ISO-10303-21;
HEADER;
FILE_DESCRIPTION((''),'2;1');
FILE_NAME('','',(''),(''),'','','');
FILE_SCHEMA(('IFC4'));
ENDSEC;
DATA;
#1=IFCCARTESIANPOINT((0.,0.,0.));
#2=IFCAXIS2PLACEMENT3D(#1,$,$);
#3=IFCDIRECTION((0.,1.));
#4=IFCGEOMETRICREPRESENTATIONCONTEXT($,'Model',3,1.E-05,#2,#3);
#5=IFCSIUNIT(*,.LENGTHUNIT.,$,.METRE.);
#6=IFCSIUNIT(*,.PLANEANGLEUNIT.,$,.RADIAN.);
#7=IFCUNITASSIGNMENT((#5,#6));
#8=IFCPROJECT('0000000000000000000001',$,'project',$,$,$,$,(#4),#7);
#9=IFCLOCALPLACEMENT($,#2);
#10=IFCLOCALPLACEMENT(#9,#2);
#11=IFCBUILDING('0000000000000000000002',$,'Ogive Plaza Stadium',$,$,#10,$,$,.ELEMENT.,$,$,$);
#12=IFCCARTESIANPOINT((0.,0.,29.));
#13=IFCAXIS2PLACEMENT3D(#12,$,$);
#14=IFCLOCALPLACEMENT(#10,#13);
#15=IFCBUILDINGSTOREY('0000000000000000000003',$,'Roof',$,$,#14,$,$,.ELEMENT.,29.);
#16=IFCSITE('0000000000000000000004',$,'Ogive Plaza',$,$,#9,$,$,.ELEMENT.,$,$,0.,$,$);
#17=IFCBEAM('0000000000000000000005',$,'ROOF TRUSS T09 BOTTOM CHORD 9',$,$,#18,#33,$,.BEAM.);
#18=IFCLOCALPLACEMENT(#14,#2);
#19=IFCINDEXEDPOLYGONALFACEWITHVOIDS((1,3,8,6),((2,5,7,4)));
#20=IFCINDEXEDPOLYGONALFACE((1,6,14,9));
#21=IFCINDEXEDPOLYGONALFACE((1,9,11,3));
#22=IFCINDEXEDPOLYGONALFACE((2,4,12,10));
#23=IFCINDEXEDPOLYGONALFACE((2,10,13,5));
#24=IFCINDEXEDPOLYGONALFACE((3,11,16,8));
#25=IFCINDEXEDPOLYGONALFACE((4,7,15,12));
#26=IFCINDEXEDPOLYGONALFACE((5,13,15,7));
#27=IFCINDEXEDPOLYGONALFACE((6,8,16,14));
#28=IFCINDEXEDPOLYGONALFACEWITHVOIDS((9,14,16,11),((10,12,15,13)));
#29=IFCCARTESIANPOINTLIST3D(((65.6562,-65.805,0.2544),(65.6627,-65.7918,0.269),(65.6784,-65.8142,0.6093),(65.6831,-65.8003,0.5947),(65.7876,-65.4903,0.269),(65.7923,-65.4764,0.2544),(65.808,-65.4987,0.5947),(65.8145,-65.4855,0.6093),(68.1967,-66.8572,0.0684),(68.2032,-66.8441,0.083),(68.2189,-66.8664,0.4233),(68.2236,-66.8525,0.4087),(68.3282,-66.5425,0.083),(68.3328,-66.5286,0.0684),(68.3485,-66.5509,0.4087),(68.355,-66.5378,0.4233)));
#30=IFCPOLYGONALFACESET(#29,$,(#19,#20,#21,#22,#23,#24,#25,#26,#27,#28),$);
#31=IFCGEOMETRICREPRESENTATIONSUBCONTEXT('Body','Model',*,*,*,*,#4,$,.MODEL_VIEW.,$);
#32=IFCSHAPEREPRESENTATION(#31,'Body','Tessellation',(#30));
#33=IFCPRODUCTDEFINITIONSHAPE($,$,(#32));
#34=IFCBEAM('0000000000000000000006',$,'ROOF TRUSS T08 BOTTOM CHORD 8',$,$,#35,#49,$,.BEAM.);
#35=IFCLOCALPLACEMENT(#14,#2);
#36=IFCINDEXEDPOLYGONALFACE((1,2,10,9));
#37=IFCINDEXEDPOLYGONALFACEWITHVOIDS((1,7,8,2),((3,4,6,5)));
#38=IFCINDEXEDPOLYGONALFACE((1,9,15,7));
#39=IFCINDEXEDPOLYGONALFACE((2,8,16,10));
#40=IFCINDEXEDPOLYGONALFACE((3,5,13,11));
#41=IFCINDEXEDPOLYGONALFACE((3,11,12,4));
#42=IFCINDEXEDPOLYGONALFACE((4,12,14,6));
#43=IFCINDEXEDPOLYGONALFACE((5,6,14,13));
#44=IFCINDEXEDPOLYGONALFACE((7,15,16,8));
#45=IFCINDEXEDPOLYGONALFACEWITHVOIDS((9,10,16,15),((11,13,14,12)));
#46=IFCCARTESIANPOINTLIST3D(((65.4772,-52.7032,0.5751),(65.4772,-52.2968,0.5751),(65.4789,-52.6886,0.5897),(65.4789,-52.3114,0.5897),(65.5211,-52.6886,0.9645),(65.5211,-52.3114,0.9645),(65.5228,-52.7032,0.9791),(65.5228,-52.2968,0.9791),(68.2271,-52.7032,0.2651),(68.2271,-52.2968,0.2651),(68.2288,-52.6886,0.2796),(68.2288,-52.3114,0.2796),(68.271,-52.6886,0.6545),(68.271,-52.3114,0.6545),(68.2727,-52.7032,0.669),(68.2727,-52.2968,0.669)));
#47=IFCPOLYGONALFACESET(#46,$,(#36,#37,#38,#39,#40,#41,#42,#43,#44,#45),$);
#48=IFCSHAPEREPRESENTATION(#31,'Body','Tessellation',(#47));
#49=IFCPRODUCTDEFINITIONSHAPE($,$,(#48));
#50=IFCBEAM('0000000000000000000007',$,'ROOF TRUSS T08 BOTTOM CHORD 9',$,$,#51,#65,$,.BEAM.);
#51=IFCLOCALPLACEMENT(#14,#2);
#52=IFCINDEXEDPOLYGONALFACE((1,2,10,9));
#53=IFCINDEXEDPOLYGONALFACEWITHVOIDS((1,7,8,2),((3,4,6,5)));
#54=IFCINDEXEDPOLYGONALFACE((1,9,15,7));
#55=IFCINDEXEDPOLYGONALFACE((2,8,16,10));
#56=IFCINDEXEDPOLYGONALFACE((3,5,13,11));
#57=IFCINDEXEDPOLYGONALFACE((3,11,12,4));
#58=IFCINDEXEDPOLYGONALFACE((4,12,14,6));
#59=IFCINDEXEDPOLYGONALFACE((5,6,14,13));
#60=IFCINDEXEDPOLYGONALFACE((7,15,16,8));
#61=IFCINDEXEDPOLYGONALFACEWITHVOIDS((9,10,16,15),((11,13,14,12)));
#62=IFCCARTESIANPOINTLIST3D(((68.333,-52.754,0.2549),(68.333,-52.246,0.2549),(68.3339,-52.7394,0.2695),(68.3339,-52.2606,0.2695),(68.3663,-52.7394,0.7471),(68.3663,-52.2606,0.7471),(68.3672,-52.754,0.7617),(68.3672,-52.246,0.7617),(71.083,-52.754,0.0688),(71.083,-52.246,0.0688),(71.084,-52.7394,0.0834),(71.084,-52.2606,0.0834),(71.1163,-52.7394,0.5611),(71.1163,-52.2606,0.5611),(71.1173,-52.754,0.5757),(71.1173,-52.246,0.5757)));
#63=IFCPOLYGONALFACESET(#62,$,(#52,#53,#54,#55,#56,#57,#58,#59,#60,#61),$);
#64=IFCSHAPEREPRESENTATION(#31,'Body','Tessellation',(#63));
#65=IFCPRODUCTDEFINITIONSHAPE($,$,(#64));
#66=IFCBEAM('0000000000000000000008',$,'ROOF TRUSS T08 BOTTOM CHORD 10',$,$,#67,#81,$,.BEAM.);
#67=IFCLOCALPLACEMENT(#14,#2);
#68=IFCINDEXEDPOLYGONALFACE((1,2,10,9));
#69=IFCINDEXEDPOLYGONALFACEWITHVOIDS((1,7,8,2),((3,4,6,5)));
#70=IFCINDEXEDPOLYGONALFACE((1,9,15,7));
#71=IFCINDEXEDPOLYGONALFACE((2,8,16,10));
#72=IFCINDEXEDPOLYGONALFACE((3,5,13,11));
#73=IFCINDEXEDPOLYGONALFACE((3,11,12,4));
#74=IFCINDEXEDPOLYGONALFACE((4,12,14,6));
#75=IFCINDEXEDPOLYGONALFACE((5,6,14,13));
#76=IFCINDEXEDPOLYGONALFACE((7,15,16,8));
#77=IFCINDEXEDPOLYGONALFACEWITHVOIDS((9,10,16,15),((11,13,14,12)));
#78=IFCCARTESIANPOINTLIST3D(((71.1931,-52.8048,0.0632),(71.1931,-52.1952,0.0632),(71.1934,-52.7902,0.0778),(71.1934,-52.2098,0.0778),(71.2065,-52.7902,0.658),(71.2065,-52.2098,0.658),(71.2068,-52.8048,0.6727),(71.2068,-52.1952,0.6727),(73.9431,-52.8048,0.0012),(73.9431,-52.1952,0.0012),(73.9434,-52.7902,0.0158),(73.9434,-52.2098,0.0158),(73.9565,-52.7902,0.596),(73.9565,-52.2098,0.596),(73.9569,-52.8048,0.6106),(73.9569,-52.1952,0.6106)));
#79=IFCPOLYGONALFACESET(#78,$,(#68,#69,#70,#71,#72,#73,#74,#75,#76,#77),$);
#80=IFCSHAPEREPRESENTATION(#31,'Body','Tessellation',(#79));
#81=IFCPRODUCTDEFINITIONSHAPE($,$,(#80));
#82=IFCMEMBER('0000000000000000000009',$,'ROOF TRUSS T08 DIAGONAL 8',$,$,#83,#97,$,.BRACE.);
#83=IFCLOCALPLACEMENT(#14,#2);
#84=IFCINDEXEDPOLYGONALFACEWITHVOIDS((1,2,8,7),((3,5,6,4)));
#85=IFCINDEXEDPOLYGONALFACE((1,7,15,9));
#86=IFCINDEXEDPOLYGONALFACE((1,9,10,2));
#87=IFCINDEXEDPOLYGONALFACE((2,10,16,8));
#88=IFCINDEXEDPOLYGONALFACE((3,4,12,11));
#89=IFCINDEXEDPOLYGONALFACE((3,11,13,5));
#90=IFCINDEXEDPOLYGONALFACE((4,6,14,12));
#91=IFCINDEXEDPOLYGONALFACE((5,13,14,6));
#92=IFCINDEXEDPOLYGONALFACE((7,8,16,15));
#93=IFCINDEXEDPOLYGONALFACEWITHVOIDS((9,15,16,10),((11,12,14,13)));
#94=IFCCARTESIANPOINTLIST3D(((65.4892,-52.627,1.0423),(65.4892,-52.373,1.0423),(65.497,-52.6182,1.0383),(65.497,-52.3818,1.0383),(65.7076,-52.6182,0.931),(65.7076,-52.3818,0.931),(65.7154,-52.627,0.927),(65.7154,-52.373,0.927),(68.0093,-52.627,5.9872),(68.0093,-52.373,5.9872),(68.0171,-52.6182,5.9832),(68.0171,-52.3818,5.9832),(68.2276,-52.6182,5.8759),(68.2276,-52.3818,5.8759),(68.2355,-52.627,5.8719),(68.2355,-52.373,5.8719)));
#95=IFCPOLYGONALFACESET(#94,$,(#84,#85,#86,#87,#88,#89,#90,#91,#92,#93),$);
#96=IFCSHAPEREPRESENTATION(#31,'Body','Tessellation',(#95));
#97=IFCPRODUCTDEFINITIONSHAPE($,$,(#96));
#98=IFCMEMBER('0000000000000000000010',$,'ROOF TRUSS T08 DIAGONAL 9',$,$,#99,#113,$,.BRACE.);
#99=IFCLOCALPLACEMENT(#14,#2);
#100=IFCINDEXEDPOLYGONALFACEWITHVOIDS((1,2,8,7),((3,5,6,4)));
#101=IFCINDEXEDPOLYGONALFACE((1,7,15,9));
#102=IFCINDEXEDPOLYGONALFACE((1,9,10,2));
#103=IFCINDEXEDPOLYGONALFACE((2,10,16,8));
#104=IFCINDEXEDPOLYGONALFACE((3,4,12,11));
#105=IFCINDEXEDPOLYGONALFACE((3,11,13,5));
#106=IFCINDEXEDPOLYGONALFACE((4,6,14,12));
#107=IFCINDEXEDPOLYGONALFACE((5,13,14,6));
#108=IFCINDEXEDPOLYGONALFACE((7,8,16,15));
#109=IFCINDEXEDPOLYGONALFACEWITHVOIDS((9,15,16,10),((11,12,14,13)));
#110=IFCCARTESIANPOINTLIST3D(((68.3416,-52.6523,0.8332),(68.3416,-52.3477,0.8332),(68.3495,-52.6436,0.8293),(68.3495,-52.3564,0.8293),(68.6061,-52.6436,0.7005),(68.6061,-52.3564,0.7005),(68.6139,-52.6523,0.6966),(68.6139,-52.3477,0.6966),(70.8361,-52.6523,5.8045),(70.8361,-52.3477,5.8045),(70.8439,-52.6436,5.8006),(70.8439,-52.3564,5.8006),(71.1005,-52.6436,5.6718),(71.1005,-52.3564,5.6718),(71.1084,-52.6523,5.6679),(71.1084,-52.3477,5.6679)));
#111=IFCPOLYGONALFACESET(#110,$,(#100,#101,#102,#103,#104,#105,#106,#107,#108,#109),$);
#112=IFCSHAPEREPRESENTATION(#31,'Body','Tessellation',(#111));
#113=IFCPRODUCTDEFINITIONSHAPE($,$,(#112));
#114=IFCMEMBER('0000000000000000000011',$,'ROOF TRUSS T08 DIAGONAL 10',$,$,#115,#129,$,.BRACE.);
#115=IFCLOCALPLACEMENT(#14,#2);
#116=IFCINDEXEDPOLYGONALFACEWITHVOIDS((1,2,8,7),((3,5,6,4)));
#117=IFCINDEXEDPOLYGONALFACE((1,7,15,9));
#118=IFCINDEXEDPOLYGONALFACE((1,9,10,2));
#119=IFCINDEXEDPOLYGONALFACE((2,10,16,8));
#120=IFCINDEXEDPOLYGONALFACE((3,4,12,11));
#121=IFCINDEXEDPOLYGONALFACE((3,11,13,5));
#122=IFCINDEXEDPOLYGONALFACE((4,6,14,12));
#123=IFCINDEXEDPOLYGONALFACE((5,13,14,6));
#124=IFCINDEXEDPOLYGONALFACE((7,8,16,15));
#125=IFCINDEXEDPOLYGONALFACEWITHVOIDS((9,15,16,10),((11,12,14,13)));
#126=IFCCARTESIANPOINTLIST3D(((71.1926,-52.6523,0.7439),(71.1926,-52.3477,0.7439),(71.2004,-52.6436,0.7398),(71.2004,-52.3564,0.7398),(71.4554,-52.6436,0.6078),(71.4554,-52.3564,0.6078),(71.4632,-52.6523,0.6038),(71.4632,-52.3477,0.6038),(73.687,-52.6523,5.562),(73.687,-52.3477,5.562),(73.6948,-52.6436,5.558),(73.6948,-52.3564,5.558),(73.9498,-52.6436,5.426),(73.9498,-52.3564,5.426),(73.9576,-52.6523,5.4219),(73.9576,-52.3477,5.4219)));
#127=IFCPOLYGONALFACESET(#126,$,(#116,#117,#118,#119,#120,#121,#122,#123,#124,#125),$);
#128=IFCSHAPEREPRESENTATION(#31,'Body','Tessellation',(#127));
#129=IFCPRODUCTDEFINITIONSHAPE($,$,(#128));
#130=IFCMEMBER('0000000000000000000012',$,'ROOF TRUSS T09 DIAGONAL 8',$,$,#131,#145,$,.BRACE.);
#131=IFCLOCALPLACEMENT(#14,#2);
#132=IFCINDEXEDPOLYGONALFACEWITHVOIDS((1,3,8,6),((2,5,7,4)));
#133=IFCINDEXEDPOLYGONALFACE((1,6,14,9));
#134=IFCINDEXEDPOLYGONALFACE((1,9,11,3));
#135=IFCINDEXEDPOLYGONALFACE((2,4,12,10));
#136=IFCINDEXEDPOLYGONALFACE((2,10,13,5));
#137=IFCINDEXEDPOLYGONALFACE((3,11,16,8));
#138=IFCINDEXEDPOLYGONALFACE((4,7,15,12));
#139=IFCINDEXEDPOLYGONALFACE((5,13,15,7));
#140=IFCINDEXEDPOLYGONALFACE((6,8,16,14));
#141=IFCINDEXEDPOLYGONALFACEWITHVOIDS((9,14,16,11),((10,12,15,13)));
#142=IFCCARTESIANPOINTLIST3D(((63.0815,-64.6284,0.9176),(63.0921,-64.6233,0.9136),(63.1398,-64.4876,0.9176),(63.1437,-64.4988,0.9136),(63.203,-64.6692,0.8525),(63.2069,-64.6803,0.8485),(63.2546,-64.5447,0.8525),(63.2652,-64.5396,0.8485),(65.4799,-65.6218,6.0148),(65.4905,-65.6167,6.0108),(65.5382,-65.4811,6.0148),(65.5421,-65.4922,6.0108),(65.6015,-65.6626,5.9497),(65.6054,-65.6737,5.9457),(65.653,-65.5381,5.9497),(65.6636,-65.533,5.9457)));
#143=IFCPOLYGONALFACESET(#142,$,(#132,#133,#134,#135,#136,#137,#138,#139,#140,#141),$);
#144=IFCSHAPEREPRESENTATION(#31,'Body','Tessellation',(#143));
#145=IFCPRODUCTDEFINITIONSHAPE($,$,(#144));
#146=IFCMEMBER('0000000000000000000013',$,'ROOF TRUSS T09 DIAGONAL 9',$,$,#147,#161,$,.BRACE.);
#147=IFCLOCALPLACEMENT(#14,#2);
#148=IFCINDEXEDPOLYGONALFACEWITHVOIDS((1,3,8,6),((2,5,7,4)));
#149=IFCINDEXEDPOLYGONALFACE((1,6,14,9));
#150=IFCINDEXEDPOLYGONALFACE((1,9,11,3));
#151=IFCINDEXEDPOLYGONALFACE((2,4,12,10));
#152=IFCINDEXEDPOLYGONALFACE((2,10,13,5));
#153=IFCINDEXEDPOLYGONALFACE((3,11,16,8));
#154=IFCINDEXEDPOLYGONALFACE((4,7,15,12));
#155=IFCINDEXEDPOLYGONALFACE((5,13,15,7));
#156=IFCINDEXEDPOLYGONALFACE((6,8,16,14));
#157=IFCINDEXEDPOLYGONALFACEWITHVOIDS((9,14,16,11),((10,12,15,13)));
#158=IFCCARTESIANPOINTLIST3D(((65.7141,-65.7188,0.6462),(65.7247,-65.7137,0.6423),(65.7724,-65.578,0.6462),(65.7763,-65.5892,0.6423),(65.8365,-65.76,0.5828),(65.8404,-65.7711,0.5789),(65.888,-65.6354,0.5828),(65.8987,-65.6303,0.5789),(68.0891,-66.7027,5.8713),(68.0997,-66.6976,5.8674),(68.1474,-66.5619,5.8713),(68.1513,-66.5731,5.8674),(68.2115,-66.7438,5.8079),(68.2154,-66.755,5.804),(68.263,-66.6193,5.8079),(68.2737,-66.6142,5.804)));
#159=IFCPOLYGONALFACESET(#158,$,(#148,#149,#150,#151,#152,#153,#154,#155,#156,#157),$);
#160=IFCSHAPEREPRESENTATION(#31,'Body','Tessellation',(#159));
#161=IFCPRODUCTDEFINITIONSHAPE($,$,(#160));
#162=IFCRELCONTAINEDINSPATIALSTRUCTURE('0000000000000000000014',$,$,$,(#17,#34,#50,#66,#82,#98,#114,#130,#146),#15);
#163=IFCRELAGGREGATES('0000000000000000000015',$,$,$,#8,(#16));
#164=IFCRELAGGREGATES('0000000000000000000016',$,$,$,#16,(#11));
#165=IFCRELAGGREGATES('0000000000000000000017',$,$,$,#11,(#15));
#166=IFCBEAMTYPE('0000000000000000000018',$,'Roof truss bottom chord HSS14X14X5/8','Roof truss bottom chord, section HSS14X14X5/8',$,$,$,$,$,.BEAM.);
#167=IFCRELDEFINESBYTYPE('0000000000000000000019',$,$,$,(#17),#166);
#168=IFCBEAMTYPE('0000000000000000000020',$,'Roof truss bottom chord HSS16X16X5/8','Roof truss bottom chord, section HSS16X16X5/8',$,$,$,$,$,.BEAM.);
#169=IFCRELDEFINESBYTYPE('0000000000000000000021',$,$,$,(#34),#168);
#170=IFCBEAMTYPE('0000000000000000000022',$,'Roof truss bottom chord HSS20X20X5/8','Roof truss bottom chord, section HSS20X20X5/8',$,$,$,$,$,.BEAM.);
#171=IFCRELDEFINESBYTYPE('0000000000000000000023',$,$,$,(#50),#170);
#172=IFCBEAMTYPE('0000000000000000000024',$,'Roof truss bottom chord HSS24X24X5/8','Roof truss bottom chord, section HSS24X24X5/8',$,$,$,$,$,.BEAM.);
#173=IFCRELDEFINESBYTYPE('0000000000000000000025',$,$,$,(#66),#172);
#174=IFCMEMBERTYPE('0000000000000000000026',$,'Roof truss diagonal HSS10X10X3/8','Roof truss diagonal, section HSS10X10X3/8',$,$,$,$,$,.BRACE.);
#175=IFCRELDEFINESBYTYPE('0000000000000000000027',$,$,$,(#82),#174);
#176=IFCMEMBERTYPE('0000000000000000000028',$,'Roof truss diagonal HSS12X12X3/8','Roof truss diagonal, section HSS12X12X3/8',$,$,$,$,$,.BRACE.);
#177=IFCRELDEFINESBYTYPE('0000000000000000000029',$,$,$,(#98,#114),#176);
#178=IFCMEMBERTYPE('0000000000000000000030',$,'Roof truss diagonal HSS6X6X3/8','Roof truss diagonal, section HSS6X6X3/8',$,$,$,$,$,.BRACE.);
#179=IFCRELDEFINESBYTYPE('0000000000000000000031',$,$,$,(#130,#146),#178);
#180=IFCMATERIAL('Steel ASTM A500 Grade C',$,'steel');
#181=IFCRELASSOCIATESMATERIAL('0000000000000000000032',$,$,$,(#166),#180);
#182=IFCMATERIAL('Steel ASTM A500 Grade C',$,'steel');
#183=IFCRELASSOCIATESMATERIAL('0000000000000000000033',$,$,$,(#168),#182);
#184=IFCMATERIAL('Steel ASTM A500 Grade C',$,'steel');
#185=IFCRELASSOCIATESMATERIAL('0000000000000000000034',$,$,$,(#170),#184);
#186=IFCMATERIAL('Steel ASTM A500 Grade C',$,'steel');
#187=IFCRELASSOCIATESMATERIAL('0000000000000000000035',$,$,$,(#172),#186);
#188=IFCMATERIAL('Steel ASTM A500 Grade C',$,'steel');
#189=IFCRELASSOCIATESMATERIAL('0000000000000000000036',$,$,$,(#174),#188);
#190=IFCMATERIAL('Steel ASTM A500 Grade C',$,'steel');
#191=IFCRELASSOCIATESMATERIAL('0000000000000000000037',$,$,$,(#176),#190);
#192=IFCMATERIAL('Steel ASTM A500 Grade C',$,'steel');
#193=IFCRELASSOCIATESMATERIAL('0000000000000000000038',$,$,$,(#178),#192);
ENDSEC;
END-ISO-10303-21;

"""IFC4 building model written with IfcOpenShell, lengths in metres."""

from ifc_helpers import new_model, si_unit, direction, frame, origin, origin_2d, place, context, subcontext, project, spatial, hollow_rectangle, extrude, material, material_profile, profile_set, type_object, element, save


model = new_model("IFC4")

# Units and contexts
model_context = context("Model", 3, precision=1e-05, world=origin(), true_north=direction((0.0, 1.0)))
body_context = subcontext(model_context, "Body", "Model", "MODEL_VIEW")
ifc_project = project(units=[si_unit("LENGTHUNIT", "METRE"), si_unit("PLANEANGLEUNIT", "RADIAN")], contexts=[model_context])

# Site, building, storey
site_placement = place(None, origin())
site = spatial("IfcSite", under=ifc_project, at=site_placement, Name="Ogive Plaza", CompositionType="ELEMENT", RefElevation=0.0)
building_placement = place(site_placement, origin())
building = spatial("IfcBuilding", under=site, at=building_placement, Name="Ogive Plaza Stadium", CompositionType="ELEMENT")
storey_placement = place(building_placement, frame((0.0, 0.0, 29.0)))
storey = spatial("IfcBuildingStorey", under=building, at=storey_placement, Name="Roof", CompositionType="ELEMENT", Elevation=29.0)

# Beams
ifc_material_1 = material(Name="Steel ASTM A500 Grade C", Category="steel")
ifc_material_profile_1 = material_profile(ifc_material_1, hollow_rectangle(XDim=0.3557, YDim=0.3557, WallThickness=0.0146, at=origin_2d()), Name="HSS14X14X5/8")
ifc_profile_set_1 = profile_set([ifc_material_profile_1], Name="Steel ASTM A500 Grade C")
beam_type_1 = type_object("IfcBeamType", Name="Roof truss bottom chord HSS14X14X5/8", Description="Roof truss bottom chord, section HSS14X14X5/8", PredefinedType="BEAM", material=ifc_profile_set_1)
beam_1_placement = place(storey_placement, frame((65.7354, -65.6453, 0.4319), z_axis=(0.921782, -0.381787, -0.067499), x_axis=(0.38266, 0.923889, 0.0)))
element("IfcBeam", 1, at=beam_1_placement, inside=storey, type_object=beam_type_1, Name="ROOF TRUSS T09 BOTTOM CHORD 9", PredefinedType="BEAM", context=body_context, shape_type="SweptSolid", body=[
    extrude(hollow_rectangle(XDim=0.3557, YDim=0.3557, WallThickness=0.0146, at=origin_2d()), origin(), (0.0, 0.0, 1.0), 2.7561),
])
ifc_material_2 = material(Name="Steel ASTM A500 Grade C", Category="steel")
ifc_material_profile_2 = material_profile(ifc_material_2, hollow_rectangle(XDim=0.4065, YDim=0.4065, WallThickness=0.0146, at=origin_2d()), Name="HSS16X16X5/8")
ifc_profile_set_2 = profile_set([ifc_material_profile_2], Name="Steel ASTM A500 Grade C")
beam_type_2 = type_object("IfcBeamType", Name="Roof truss bottom chord HSS16X16X5/8", Description="Roof truss bottom chord, section HSS16X16X5/8", PredefinedType="BEAM", material=ifc_profile_set_2)
beam_2_placement = place(storey_placement, frame((65.5, -52.5, 0.7771), z_axis=(0.993704, 0.0, -0.112039), x_axis=(0.0, 1.0, 0.0)))
element("IfcBeam", 2, at=beam_2_placement, inside=storey, type_object=beam_type_2, Name="ROOF TRUSS T08 BOTTOM CHORD 8", PredefinedType="BEAM", context=body_context, shape_type="SweptSolid", body=[
    extrude(hollow_rectangle(XDim=0.4065, YDim=0.4065, WallThickness=0.0146, at=origin_2d()), origin(), (0.0, 0.0, 1.0), 2.7673),
])
ifc_material_3 = material(Name="Steel ASTM A500 Grade C", Category="steel")
ifc_material_profile_3 = material_profile(ifc_material_3, hollow_rectangle(XDim=0.5081, YDim=0.5081, WallThickness=0.0146, at=origin_2d()), Name="HSS20X20X5/8")
ifc_profile_set_3 = profile_set([ifc_material_profile_3], Name="Steel ASTM A500 Grade C")
beam_type_3 = type_object("IfcBeamType", Name="Roof truss bottom chord HSS20X20X5/8", Description="Roof truss bottom chord, section HSS20X20X5/8", PredefinedType="BEAM", material=ifc_profile_set_3)
beam_3_placement = place(storey_placement, frame((68.3501, -52.5, 0.5083), z_axis=(0.99772, 0.0, -0.067495), x_axis=(0.0, 1.0, 0.0)))
element("IfcBeam", 3, at=beam_3_placement, inside=storey, type_object=beam_type_3, Name="ROOF TRUSS T08 BOTTOM CHORD 9", PredefinedType="BEAM", context=body_context, shape_type="SweptSolid", body=[
    extrude(hollow_rectangle(XDim=0.5081, YDim=0.5081, WallThickness=0.0146, at=origin_2d()), origin(), (0.0, 0.0, 1.0), 2.7563),
])
ifc_material_4 = material(Name="Steel ASTM A500 Grade C", Category="steel")
ifc_material_profile_4 = material_profile(ifc_material_4, hollow_rectangle(XDim=0.6096, YDim=0.6096, WallThickness=0.0146, at=origin_2d()), Name="HSS24X24X5/8")
ifc_profile_set_4 = profile_set([ifc_material_profile_4], Name="Steel ASTM A500 Grade C")
beam_type_4 = type_object("IfcBeamType", Name="Roof truss bottom chord HSS24X24X5/8", Description="Roof truss bottom chord, section HSS24X24X5/8", PredefinedType="BEAM", material=ifc_profile_set_4)
beam_4_placement = place(storey_placement, frame((71.2, -52.5, 0.3679), z_axis=(0.999746, 0.0, -0.022544), x_axis=(0.0, 1.0, 0.0)))
element("IfcBeam", 4, at=beam_4_placement, inside=storey, type_object=beam_type_4, Name="ROOF TRUSS T08 BOTTOM CHORD 10", PredefinedType="BEAM", context=body_context, shape_type="SweptSolid", body=[
    extrude(hollow_rectangle(XDim=0.6096, YDim=0.6096, WallThickness=0.0146, at=origin_2d()), origin(), (0.0, 0.0, 1.0), 2.7507),
])

# Members
ifc_material_5 = material(Name="Steel ASTM A500 Grade C", Category="steel")
ifc_material_profile_5 = material_profile(ifc_material_5, hollow_rectangle(XDim=0.2539, YDim=0.2539, WallThickness=0.0088, at=origin_2d()), Name="HSS10X10X3/8")
ifc_profile_set_5 = profile_set([ifc_material_profile_5], Name="Steel ASTM A500 Grade C")
member_type_1 = type_object("IfcMemberType", Name="Roof truss diagonal HSS10X10X3/8", Description="Roof truss diagonal, section HSS10X10X3/8", PredefinedType="BRACE", material=ifc_profile_set_5)
member_1_placement = place(storey_placement, frame((65.6023, -52.5, 0.9846), z_axis=(0.454063, 0.0, 0.89097), x_axis=(0.0, 1.0, 0.0)))
element("IfcMember", 5, at=member_1_placement, inside=storey, type_object=member_type_1, Name="ROOF TRUSS T08 DIAGONAL 8", PredefinedType="BRACE", context=body_context, shape_type="SweptSolid", body=[
    extrude(hollow_rectangle(XDim=0.2539, YDim=0.2539, WallThickness=0.0088, at=origin_2d()), origin(), (0.0, 0.0, 1.0), 5.55),
])
ifc_material_6 = material(Name="Steel ASTM A500 Grade C", Category="steel")
ifc_material_profile_6 = material_profile(ifc_material_6, hollow_rectangle(XDim=0.3047, YDim=0.3047, WallThickness=0.0088, at=origin_2d()), Name="HSS12X12X3/8")
ifc_profile_set_6 = profile_set([ifc_material_profile_6], Name="Steel ASTM A500 Grade C")
member_type_2 = type_object("IfcMemberType", Name="Roof truss diagonal HSS12X12X3/8", Description="Roof truss diagonal, section HSS12X12X3/8", PredefinedType="BRACE", material=ifc_profile_set_6)
member_2_placement = place(storey_placement, frame((68.4778, -52.5, 0.7649), z_axis=(0.448477, 0.0, 0.893794), x_axis=(0.0, 1.0, 0.0)))
element("IfcMember", 6, at=member_2_placement, inside=storey, type_object=member_type_2, Name="ROOF TRUSS T08 DIAGONAL 9", PredefinedType="BRACE", context=body_context, shape_type="SweptSolid", body=[
    extrude(hollow_rectangle(XDim=0.3047, YDim=0.3047, WallThickness=0.0088, at=origin_2d()), origin(), (0.0, 0.0, 1.0), 5.562),
])
member_3_placement = place(storey_placement, frame((71.3279, -52.5, 0.6738), z_axis=(0.459751, 0.0, 0.888048), x_axis=(0.0, 1.0, 0.0)))
element("IfcMember", 7, at=member_3_placement, inside=storey, type_object=member_type_2, Name="ROOF TRUSS T08 DIAGONAL 10", PredefinedType="BRACE", context=body_context, shape_type="SweptSolid", body=[
    extrude(hollow_rectangle(XDim=0.3047, YDim=0.3047, WallThickness=0.0088, at=origin_2d()), origin(), (0.0, 0.0, 1.0), 5.4255),
])
ifc_material_7 = material(Name="Steel ASTM A500 Grade C", Category="steel")
ifc_material_profile_7 = material_profile(ifc_material_7, hollow_rectangle(XDim=0.1523, YDim=0.1523, WallThickness=0.0088, at=origin_2d()), Name="HSS6X6X3/8")
ifc_profile_set_7 = profile_set([ifc_material_profile_7], Name="Steel ASTM A500 Grade C")
member_type_3 = type_object("IfcMemberType", Name="Roof truss diagonal HSS6X6X3/8", Description="Roof truss diagonal, section HSS6X6X3/8", PredefinedType="BRACE", material=ifc_profile_set_7)
member_4_placement = place(storey_placement, frame((63.1733, -64.584, 0.8831), z_axis=(0.419294, -0.173667, 0.891085), x_axis=(0.382665, 0.923887, 0.0)))
element("IfcMember", 8, at=member_4_placement, inside=storey, type_object=member_type_3, Name="ROOF TRUSS T09 DIAGONAL 8", PredefinedType="BRACE", context=body_context, shape_type="SweptSolid", body=[
    extrude(hollow_rectangle(XDim=0.1523, YDim=0.1523, WallThickness=0.0088, at=origin_2d()), origin(), (0.0, 0.0, 1.0), 5.7202),
])
member_5_placement = place(storey_placement, frame((65.8064, -65.6746, 0.6125), z_axis=(0.407847, -0.168958, 0.897281), x_axis=(0.382726, 0.923862, 0.0)))
element("IfcMember", 9, at=member_5_placement, inside=storey, type_object=member_type_3, Name="ROOF TRUSS T09 DIAGONAL 9", PredefinedType="BRACE", context=body_context, shape_type="SweptSolid", body=[
    extrude(hollow_rectangle(XDim=0.1523, YDim=0.1523, WallThickness=0.0088, at=origin_2d()), origin(), (0.0, 0.0, 1.0), 5.8232),
])

save(model, "model.ifc")
